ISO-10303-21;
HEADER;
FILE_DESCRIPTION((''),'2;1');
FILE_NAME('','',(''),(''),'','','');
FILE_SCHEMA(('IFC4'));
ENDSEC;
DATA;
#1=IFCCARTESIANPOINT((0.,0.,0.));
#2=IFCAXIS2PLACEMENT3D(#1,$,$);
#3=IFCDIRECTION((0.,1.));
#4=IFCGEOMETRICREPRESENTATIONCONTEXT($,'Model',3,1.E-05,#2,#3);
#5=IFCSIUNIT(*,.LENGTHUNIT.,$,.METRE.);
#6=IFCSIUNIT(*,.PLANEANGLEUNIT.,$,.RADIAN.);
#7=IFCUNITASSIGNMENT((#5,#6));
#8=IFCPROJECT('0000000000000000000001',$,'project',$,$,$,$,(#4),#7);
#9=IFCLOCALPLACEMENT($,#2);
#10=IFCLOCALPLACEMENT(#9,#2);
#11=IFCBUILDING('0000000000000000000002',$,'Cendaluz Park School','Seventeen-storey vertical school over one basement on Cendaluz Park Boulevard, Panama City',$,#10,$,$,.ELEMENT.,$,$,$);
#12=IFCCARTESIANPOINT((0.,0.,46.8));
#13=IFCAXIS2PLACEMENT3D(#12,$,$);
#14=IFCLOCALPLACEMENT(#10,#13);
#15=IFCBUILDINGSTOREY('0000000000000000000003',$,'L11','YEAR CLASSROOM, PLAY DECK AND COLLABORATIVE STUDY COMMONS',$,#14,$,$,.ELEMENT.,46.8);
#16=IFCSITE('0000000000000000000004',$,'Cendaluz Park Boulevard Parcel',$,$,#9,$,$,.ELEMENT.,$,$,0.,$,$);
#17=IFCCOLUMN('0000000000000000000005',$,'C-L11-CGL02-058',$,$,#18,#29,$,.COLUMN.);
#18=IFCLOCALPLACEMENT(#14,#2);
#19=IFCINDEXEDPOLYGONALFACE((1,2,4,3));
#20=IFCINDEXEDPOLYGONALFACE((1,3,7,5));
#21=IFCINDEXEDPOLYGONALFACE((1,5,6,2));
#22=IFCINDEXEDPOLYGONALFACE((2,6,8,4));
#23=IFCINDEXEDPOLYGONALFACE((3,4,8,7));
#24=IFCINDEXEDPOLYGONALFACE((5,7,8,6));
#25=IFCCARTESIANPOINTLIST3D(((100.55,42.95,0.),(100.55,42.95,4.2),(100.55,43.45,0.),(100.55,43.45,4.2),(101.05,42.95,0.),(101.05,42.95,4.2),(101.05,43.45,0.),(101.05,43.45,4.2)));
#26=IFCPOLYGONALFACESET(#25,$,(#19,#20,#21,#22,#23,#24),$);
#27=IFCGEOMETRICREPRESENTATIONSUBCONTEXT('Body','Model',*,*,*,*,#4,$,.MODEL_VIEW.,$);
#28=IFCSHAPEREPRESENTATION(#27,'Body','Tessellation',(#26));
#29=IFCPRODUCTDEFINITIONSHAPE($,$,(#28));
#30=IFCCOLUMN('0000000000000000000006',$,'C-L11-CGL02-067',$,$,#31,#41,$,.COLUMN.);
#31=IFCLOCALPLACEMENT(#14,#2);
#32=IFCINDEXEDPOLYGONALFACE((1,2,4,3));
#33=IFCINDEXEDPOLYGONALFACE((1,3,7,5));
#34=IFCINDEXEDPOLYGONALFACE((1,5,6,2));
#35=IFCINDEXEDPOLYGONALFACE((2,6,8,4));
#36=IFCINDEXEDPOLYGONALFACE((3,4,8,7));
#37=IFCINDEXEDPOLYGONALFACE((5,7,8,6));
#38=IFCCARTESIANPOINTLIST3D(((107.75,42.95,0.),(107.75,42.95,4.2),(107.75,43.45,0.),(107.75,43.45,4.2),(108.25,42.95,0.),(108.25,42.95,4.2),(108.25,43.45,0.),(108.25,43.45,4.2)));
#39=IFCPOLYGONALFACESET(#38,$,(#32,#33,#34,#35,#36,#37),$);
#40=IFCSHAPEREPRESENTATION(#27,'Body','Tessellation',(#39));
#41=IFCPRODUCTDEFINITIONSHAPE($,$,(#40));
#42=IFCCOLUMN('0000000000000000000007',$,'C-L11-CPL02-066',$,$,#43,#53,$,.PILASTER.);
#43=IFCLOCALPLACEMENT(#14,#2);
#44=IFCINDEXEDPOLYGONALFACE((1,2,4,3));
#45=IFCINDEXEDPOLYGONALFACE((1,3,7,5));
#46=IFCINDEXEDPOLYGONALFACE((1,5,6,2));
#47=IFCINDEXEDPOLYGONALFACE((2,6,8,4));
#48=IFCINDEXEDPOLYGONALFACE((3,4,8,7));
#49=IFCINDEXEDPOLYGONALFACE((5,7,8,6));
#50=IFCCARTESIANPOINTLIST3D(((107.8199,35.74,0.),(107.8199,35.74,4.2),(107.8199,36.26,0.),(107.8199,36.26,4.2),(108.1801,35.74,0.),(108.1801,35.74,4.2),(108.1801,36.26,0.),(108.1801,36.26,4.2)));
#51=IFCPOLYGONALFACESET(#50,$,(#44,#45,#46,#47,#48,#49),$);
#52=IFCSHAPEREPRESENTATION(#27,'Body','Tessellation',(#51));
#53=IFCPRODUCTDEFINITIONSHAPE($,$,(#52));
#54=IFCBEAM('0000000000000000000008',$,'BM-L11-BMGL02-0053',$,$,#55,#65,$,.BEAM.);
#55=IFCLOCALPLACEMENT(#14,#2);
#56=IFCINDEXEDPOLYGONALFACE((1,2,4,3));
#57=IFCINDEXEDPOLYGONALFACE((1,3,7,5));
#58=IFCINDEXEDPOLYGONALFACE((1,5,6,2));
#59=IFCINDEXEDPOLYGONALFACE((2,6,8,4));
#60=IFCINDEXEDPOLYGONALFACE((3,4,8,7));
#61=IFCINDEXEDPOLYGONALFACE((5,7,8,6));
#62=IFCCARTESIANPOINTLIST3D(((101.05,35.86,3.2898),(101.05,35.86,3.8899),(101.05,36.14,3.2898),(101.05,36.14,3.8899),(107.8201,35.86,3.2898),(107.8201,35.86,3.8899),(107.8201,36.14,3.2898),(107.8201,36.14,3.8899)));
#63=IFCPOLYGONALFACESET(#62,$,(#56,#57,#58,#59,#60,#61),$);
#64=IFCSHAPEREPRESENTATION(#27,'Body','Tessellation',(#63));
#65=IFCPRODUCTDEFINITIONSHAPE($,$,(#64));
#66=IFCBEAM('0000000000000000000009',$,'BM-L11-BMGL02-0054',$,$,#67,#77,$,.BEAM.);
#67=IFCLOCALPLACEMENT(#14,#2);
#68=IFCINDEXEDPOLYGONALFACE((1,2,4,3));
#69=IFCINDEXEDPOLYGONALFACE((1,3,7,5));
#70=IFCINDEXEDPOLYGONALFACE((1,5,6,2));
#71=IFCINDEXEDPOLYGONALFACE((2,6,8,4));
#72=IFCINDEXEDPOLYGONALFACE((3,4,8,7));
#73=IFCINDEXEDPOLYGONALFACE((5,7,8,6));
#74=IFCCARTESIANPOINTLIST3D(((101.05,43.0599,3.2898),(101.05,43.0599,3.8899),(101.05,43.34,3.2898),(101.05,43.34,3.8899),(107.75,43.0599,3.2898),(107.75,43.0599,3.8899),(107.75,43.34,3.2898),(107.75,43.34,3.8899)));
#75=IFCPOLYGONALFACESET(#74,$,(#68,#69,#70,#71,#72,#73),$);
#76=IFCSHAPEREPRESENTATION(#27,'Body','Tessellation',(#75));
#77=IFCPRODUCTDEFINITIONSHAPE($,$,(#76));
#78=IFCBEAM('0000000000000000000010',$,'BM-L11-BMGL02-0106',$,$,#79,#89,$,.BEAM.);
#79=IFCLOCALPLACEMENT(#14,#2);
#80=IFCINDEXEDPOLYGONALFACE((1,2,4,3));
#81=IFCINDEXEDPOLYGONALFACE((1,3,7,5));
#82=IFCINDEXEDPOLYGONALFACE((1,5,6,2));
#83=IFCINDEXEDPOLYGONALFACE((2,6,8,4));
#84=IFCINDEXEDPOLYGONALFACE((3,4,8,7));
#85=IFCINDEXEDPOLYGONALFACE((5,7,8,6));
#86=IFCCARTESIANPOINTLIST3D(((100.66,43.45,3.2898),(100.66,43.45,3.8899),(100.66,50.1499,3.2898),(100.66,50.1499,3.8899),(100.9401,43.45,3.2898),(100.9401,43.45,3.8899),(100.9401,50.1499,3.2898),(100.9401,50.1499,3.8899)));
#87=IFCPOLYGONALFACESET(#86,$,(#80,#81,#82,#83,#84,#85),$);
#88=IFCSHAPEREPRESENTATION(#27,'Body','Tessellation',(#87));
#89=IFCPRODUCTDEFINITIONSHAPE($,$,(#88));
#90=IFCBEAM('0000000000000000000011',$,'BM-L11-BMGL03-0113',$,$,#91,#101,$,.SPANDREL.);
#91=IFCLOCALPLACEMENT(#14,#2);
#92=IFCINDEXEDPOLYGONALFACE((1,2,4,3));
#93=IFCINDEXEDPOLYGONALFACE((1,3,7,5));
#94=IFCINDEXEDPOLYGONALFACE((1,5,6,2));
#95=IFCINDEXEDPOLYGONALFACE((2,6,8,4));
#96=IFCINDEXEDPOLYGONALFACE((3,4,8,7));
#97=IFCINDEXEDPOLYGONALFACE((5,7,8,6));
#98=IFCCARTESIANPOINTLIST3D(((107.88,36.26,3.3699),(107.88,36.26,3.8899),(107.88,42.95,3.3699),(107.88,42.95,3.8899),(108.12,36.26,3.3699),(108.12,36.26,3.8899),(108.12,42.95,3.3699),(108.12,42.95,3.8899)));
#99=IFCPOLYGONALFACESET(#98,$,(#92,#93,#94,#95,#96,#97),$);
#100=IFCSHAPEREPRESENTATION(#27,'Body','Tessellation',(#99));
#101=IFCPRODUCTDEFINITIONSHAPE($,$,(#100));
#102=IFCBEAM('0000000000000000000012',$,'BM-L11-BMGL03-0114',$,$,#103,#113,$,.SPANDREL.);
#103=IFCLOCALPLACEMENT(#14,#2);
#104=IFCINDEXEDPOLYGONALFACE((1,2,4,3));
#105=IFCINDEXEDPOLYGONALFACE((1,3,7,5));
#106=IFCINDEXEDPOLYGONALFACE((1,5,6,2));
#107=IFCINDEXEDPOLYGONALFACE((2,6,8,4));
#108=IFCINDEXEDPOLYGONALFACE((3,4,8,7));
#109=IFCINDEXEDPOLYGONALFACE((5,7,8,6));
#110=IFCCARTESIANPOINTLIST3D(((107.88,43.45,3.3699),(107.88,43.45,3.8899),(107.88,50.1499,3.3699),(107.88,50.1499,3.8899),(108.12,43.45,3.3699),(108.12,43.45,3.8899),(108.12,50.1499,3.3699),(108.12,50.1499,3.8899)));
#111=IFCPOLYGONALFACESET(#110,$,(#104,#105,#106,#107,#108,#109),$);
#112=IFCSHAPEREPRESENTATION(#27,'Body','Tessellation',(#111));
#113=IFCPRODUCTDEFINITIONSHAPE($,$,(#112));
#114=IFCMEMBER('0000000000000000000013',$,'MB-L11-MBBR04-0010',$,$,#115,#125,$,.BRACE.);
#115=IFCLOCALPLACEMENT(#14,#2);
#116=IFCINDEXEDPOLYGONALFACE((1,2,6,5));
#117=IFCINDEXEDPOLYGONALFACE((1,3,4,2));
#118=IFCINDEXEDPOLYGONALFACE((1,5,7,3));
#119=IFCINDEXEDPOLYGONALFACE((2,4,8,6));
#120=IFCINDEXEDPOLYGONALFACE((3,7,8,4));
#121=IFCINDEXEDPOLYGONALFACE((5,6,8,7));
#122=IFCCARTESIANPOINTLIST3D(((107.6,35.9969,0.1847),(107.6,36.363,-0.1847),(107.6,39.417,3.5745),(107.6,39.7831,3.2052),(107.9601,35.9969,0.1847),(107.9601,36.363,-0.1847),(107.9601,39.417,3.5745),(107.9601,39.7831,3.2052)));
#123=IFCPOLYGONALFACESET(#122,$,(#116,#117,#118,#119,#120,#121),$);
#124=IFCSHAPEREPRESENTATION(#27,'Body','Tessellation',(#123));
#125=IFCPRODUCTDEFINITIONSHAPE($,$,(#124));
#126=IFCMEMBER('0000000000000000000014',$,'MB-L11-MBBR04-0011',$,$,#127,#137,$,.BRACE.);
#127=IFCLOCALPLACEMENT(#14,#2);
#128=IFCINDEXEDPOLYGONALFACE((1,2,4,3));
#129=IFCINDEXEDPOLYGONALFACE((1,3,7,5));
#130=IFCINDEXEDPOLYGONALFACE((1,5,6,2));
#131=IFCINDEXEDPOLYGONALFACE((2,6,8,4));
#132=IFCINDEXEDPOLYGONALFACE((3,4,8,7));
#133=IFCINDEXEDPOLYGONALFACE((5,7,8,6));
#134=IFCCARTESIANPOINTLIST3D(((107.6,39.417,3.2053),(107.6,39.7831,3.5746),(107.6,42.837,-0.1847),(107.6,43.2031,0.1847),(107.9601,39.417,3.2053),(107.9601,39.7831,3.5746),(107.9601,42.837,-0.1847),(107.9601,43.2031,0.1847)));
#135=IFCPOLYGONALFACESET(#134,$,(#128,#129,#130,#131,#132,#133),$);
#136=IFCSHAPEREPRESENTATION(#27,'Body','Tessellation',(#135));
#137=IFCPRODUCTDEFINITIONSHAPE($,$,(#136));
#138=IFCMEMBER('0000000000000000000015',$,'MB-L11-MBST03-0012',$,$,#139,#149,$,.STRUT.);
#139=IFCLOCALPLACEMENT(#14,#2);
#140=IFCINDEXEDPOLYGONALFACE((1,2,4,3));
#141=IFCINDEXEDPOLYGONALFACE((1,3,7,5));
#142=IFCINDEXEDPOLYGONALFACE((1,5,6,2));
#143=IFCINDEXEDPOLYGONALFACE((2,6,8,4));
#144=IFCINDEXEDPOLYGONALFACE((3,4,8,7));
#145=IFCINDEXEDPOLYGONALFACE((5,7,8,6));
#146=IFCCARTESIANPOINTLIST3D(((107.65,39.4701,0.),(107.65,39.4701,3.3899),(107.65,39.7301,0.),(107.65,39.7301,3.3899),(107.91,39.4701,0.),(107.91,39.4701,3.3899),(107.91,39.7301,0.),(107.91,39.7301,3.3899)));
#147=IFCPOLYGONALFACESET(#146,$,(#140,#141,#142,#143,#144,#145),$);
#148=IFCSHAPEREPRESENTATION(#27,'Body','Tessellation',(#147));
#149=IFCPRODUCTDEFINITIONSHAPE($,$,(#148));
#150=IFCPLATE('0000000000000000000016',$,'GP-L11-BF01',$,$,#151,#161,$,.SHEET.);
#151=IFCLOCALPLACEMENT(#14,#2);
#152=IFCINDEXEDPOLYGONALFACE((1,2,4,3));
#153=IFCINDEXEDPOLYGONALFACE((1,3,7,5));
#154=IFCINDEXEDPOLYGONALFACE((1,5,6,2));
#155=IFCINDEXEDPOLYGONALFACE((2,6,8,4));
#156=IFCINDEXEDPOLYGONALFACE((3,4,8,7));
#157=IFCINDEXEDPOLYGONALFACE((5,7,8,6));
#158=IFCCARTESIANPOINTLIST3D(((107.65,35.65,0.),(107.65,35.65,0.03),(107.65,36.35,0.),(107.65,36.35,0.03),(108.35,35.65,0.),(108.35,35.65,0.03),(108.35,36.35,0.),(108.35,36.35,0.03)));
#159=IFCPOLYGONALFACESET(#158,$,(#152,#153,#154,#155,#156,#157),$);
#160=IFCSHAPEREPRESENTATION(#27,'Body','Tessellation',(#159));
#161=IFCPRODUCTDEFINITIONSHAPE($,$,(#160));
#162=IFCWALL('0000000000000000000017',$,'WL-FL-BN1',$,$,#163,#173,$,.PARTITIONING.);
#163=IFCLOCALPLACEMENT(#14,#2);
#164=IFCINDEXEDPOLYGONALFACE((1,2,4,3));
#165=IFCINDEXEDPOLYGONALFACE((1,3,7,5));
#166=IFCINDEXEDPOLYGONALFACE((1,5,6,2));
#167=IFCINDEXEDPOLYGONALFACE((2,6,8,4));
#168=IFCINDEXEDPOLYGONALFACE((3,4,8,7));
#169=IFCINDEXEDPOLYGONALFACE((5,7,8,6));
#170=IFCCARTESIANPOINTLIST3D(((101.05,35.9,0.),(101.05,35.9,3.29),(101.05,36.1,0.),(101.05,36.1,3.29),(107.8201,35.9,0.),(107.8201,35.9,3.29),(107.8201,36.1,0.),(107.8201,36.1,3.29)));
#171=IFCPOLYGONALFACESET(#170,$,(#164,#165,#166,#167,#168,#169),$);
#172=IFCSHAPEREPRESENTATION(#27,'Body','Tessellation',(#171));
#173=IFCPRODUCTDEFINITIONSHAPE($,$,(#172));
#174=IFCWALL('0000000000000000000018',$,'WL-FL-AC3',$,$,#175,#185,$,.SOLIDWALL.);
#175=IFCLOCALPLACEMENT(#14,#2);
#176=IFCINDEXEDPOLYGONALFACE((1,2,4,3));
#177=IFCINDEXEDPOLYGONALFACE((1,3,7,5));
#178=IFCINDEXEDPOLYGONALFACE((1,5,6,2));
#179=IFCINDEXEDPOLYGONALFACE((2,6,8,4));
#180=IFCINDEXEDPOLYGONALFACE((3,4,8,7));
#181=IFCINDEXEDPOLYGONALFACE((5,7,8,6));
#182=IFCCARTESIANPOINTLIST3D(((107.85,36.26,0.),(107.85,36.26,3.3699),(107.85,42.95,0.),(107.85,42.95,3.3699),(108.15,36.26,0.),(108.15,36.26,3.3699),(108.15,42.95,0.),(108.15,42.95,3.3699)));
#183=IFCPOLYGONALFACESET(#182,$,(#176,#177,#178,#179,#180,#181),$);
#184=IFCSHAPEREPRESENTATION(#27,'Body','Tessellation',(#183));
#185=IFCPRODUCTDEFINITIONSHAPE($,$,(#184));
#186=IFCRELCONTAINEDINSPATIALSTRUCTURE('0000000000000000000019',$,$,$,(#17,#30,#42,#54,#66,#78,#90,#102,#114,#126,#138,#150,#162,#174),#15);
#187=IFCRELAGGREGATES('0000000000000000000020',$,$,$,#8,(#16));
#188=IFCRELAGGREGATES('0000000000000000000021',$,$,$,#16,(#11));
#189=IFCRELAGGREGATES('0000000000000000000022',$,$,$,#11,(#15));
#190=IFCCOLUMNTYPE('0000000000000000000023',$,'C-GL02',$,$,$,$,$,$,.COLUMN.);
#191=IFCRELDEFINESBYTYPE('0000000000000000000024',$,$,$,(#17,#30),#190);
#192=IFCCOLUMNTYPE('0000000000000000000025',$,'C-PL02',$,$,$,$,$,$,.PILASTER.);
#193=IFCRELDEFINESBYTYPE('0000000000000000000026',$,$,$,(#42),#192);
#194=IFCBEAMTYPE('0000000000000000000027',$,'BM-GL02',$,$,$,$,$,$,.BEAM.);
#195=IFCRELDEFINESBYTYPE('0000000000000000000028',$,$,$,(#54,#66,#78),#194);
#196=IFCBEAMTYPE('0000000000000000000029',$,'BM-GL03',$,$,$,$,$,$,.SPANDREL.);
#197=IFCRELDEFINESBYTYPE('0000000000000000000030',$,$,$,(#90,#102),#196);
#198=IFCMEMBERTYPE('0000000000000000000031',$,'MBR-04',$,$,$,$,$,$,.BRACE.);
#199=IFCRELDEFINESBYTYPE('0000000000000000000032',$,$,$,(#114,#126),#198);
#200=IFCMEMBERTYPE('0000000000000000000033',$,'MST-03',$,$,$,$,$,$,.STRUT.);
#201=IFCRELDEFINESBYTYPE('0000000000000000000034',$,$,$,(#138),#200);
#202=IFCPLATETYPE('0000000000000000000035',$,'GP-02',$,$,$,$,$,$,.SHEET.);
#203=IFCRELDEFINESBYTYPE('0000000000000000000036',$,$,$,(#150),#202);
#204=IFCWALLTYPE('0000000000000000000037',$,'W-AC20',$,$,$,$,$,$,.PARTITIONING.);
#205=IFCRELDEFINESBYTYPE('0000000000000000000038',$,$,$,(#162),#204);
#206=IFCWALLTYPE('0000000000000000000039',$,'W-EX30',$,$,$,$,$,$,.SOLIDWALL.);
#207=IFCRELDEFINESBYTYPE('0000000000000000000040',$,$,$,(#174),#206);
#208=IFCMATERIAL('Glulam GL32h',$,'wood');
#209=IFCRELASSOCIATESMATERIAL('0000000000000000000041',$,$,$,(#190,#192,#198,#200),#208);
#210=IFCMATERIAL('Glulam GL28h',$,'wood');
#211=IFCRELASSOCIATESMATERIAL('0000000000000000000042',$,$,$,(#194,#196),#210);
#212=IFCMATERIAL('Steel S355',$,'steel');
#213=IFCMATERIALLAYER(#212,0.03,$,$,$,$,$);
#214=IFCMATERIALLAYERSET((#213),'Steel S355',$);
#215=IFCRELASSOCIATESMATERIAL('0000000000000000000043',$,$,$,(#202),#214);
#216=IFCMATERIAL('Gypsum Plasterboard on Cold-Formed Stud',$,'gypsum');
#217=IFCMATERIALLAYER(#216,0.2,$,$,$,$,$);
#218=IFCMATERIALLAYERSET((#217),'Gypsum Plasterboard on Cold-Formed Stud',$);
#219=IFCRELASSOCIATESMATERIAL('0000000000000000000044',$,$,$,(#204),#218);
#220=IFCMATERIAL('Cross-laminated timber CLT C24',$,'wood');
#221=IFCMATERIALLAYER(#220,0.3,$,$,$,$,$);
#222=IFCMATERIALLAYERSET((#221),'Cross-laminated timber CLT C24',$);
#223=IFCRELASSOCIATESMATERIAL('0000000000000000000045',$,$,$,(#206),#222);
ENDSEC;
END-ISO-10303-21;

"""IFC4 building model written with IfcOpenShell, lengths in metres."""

from ifc_helpers import new_model, si_unit, direction, frame, frame_2d, origin, origin_2d, place, context, subcontext, project, spatial, rectangle, extrude, material, layer, layer_set, material_profile, profile_set, type_object, element, save


model = new_model("IFC4")

# Units and contexts
model_context = context("Model", 3, precision=1e-05, world=origin(), true_north=direction((0.0, 1.0)))
body_context = subcontext(model_context, "Body", "Model", "MODEL_VIEW")
ifc_project = project(units=[si_unit("LENGTHUNIT", "METRE"), si_unit("PLANEANGLEUNIT", "RADIAN")], contexts=[model_context])

# Site, building, storey
site_placement = place(None, origin())
site = spatial("IfcSite", under=ifc_project, at=site_placement, Name="Cendaluz Park Boulevard Parcel", CompositionType="ELEMENT", RefElevation=0.0)
building_placement = place(site_placement, origin())
building = spatial("IfcBuilding", under=site, at=building_placement, Name="Cendaluz Park School", Description="Seventeen-storey vertical school over one basement on Cendaluz Park Boulevard, Panama City", CompositionType="ELEMENT")
storey_placement = place(building_placement, frame((0.0, 0.0, 46.8)))
storey = spatial("IfcBuildingStorey", under=building, at=storey_placement, Name="L11", Description="YEAR CLASSROOM, PLAY DECK AND COLLABORATIVE STUDY COMMONS", CompositionType="ELEMENT", Elevation=46.8)

# Columns
ifc_material_1 = material(Name="Glulam GL32h", Category="wood")
ifc_material_profile_1 = material_profile(ifc_material_1, rectangle(XDim=0.5, YDim=0.5, at=origin_2d()), Name="GL32h 500x500", Category="wood")
ifc_profile_set_1 = profile_set([ifc_material_profile_1], Name="Glulam GL32h")
column_type_1 = type_object("IfcColumnType", Name="C-GL02", PredefinedType="COLUMN", material=ifc_profile_set_1)
for number, where, z_axis, x_axis, name in (
    (1, (100.8, 43.2, 0.0), (0.0, 0.0, 1.0), (1.0, 0.0, 0.0), "C-L11-CGL02-058"),
    (2, (108.0, 43.2, 0.0), (0.0, 0.0, 1.0), (1.0, 0.0, 0.0), "C-L11-CGL02-067"),
):
    element("IfcColumn", number, at=place(storey_placement, frame(where, z_axis=z_axis, x_axis=x_axis)), inside=storey, type_object=column_type_1, Name=name, PredefinedType="COLUMN", context=body_context, shape_type="SweptSolid", body=[
        extrude(rectangle(XDim=0.5, YDim=0.5, at=origin_2d()), origin(), (0.0, 0.0, 1.0), 4.2),
    ])
ifc_material_profile_2 = material_profile(ifc_material_1, rectangle(XDim=0.3601, YDim=0.52, at=origin_2d()), Name="GL32h 360x520", Category="wood")
ifc_profile_set_2 = profile_set([ifc_material_profile_2], Name="Glulam GL32h")
column_type_2 = type_object("IfcColumnType", Name="C-PL02", PredefinedType="PILASTER", material=ifc_profile_set_2)
column_placement = place(storey_placement, frame((108.0, 36.0, 0.0), z_axis=(0.0, 0.0, 1.0), x_axis=(1.0, 0.0, 0.0)))
element("IfcColumn", 3, at=column_placement, inside=storey, type_object=column_type_2, Name="C-L11-CPL02-066", PredefinedType="PILASTER", context=body_context, shape_type="SweptSolid", body=[
    extrude(rectangle(XDim=0.3601, YDim=0.52, at=origin_2d()), origin(), (0.0, 0.0, 1.0), 4.2),
])

# Beams
ifc_material_2 = material(Name="Glulam GL28h", Category="wood")
ifc_material_profile_3 = material_profile(ifc_material_2, rectangle(XDim=0.28, YDim=0.6001, at=origin_2d()), Name="GL28h 280x600", Category="wood")
ifc_profile_set_3 = profile_set([ifc_material_profile_3], Name="Glulam GL28h")
beam_type_1 = type_object("IfcBeamType", Name="BM-GL02", PredefinedType="BEAM", material=ifc_profile_set_3)
beam_1_placement = place(storey_placement, frame((101.05, 36.0, 3.5898), z_axis=(1.0, 0.0, 0.0), x_axis=(0.0, 1.0, 0.0)))
element("IfcBeam", 4, at=beam_1_placement, inside=storey, type_object=beam_type_1, Name="BM-L11-BMGL02-0053", PredefinedType="BEAM", context=body_context, shape_type="SweptSolid", body=[
    extrude(rectangle(XDim=0.28, YDim=0.6001, at=origin_2d()), origin(), (0.0, 0.0, 1.0), 6.77),
])
for number, where, z_axis, x_axis, name in (
    (5, (101.05, 43.2, 3.5898), (1.0, 0.0, 0.0), (0.0, 1.0, 0.0), "BM-L11-BMGL02-0054"),
    (6, (100.8, 43.45, 3.5898), (0.0, 1.0, 0.0), (-1.0, 0.0, 0.0), "BM-L11-BMGL02-0106"),
):
    element("IfcBeam", number, at=place(storey_placement, frame(where, z_axis=z_axis, x_axis=x_axis)), inside=storey, type_object=beam_type_1, Name=name, PredefinedType="BEAM", context=body_context, shape_type="SweptSolid", body=[
        extrude(rectangle(XDim=0.28, YDim=0.6001, at=origin_2d()), origin(), (0.0, 0.0, 1.0), 6.7),
    ])
ifc_material_profile_4 = material_profile(ifc_material_2, rectangle(XDim=0.24, YDim=0.52, at=origin_2d()), Name="GL28h 240x520", Category="wood")
ifc_profile_set_4 = profile_set([ifc_material_profile_4], Name="Glulam GL28h")
beam_type_2 = type_object("IfcBeamType", Name="BM-GL03", PredefinedType="SPANDREL", material=ifc_profile_set_4)
beam_2_placement = place(storey_placement, frame((108.0, 36.26, 3.6299), z_axis=(0.0, 1.0, 0.0), x_axis=(-1.0, 0.0, 0.0)))
element("IfcBeam", 7, at=beam_2_placement, inside=storey, type_object=beam_type_2, Name="BM-L11-BMGL03-0113", PredefinedType="SPANDREL", context=body_context, shape_type="SweptSolid", body=[
    extrude(rectangle(XDim=0.24, YDim=0.52, at=origin_2d()), origin(), (0.0, 0.0, 1.0), 6.6899),
])
beam_3_placement = place(storey_placement, frame((108.0, 43.45, 3.6299), z_axis=(0.0, 1.0, 0.0), x_axis=(-1.0, 0.0, 0.0)))
element("IfcBeam", 8, at=beam_3_placement, inside=storey, type_object=beam_type_2, Name="BM-L11-BMGL03-0114", PredefinedType="SPANDREL", context=body_context, shape_type="SweptSolid", body=[
    extrude(rectangle(XDim=0.24, YDim=0.52, at=origin_2d()), origin(), (0.0, 0.0, 1.0), 6.7),
])

# Members
ifc_material_profile_5 = material_profile(ifc_material_1, rectangle(XDim=0.3601, YDim=0.52, at=origin_2d()), Name="GL32h 360x520", Category="wood")
ifc_profile_set_5 = profile_set([ifc_material_profile_5], Name="Glulam GL32h")
member_type_1 = type_object("IfcMemberType", Name="MBR-04", PredefinedType="BRACE", material=ifc_profile_set_5)
for number, where, z_axis, x_axis, name in (
    (9, (107.78, 36.1799, 0.0), (0.0, 0.710243, 0.703956), (-1.0, 0.0, 0.0), "MB-L11-MBBR04-0010"),
    (10, (107.78, 43.02, 0.0), (0.0, -0.710218, 0.703982), (1.0, 0.0, 0.0), "MB-L11-MBBR04-0011"),
):
    element("IfcMember", number, at=place(storey_placement, frame(where, z_axis=z_axis, x_axis=x_axis)), inside=storey, type_object=member_type_1, Name=name, PredefinedType="BRACE", context=body_context, shape_type="SweptSolid", body=[
        extrude(rectangle(XDim=0.3601, YDim=0.52, at=origin_2d()), origin(), (0.0, 0.0, 1.0), 4.8154),
    ])
ifc_material_profile_6 = material_profile(ifc_material_1, rectangle(XDim=0.26, YDim=0.26, at=origin_2d()), Name="GL32h 260x260", Category="wood")
ifc_profile_set_6 = profile_set([ifc_material_profile_6], Name="Glulam GL32h")
member_type_2 = type_object("IfcMemberType", Name="MST-03", PredefinedType="STRUT", material=ifc_profile_set_6)
member_placement = place(storey_placement, frame((107.78, 39.6001, 0.0), z_axis=(0.0, 0.0, 1.0), x_axis=(1.0, 0.0, 0.0)))
element("IfcMember", 11, at=member_placement, inside=storey, type_object=member_type_2, Name="MB-L11-MBST03-0012", PredefinedType="STRUT", context=body_context, shape_type="SweptSolid", body=[
    extrude(rectangle(XDim=0.26, YDim=0.26, at=origin_2d()), origin(), (0.0, 0.0, 1.0), 3.3899),
])

# Plate
ifc_material_3 = material(Name="Steel S355", Category="steel")
ifc_layer_1 = layer(ifc_material_3, 0.03)
ifc_layer_set_1 = layer_set([ifc_layer_1], Name="Steel S355")
plate_type = type_object("IfcPlateType", Name="GP-02", PredefinedType="SHEET", material=ifc_layer_set_1)
plate_placement = place(storey_placement, frame((108.0, 36.0, 0.0), z_axis=(0.0, 0.0, 1.0), x_axis=(1.0, 0.0, 0.0)))
element("IfcPlate", 12, at=plate_placement, inside=storey, type_object=plate_type, Name="GP-L11-BF01", PredefinedType="SHEET", context=body_context, shape_type="SweptSolid", body=[
    extrude(rectangle(XDim=0.7, YDim=0.7, at=origin_2d()), origin(), (0.0, 0.0, 1.0), 0.03),
])

# Walls
ifc_material_4 = material(Name="Gypsum Plasterboard on Cold-Formed Stud", Category="gypsum")
ifc_layer_2 = layer(ifc_material_4, 0.2)
ifc_layer_set_2 = layer_set([ifc_layer_2], Name="Gypsum Plasterboard on Cold-Formed Stud")
wall_type_1 = type_object("IfcWallType", Name="W-AC20", PredefinedType="PARTITIONING", material=ifc_layer_set_2)
wall_1_placement = place(storey_placement, frame((101.05, 36.0, 0.0), z_axis=(0.0, 0.0, 1.0), x_axis=(1.0, 0.0, 0.0)))
element("IfcWall", 13, at=wall_1_placement, inside=storey, type_object=wall_type_1, Name="WL-FL-BN1", PredefinedType="PARTITIONING", context=body_context, shape_type="SweptSolid", body=[
    extrude(rectangle(XDim=6.77, YDim=0.2, at=frame_2d((3.385, 0.0))), origin(), (0.0, 0.0, 1.0), 3.29),
])
ifc_material_5 = material(Name="Cross-laminated timber CLT C24", Category="wood")
ifc_layer_3 = layer(ifc_material_5, 0.3)
ifc_layer_set_3 = layer_set([ifc_layer_3], Name="Cross-laminated timber CLT C24")
wall_type_2 = type_object("IfcWallType", Name="W-EX30", PredefinedType="SOLIDWALL", material=ifc_layer_set_3)
wall_2_placement = place(storey_placement, frame((108.0, 36.26, 0.0), z_axis=(0.0, 0.0, 1.0), x_axis=(0.0, 1.0, 0.0)))
element("IfcWall", 14, at=wall_2_placement, inside=storey, type_object=wall_type_2, Name="WL-FL-AC3", PredefinedType="SOLIDWALL", context=body_context, shape_type="SweptSolid", body=[
    extrude(rectangle(XDim=6.6899, YDim=0.3, at=frame_2d((3.345, 0.0))), origin(), (0.0, 0.0, 1.0), 3.3699),
])

save(model, "model.ifc")
